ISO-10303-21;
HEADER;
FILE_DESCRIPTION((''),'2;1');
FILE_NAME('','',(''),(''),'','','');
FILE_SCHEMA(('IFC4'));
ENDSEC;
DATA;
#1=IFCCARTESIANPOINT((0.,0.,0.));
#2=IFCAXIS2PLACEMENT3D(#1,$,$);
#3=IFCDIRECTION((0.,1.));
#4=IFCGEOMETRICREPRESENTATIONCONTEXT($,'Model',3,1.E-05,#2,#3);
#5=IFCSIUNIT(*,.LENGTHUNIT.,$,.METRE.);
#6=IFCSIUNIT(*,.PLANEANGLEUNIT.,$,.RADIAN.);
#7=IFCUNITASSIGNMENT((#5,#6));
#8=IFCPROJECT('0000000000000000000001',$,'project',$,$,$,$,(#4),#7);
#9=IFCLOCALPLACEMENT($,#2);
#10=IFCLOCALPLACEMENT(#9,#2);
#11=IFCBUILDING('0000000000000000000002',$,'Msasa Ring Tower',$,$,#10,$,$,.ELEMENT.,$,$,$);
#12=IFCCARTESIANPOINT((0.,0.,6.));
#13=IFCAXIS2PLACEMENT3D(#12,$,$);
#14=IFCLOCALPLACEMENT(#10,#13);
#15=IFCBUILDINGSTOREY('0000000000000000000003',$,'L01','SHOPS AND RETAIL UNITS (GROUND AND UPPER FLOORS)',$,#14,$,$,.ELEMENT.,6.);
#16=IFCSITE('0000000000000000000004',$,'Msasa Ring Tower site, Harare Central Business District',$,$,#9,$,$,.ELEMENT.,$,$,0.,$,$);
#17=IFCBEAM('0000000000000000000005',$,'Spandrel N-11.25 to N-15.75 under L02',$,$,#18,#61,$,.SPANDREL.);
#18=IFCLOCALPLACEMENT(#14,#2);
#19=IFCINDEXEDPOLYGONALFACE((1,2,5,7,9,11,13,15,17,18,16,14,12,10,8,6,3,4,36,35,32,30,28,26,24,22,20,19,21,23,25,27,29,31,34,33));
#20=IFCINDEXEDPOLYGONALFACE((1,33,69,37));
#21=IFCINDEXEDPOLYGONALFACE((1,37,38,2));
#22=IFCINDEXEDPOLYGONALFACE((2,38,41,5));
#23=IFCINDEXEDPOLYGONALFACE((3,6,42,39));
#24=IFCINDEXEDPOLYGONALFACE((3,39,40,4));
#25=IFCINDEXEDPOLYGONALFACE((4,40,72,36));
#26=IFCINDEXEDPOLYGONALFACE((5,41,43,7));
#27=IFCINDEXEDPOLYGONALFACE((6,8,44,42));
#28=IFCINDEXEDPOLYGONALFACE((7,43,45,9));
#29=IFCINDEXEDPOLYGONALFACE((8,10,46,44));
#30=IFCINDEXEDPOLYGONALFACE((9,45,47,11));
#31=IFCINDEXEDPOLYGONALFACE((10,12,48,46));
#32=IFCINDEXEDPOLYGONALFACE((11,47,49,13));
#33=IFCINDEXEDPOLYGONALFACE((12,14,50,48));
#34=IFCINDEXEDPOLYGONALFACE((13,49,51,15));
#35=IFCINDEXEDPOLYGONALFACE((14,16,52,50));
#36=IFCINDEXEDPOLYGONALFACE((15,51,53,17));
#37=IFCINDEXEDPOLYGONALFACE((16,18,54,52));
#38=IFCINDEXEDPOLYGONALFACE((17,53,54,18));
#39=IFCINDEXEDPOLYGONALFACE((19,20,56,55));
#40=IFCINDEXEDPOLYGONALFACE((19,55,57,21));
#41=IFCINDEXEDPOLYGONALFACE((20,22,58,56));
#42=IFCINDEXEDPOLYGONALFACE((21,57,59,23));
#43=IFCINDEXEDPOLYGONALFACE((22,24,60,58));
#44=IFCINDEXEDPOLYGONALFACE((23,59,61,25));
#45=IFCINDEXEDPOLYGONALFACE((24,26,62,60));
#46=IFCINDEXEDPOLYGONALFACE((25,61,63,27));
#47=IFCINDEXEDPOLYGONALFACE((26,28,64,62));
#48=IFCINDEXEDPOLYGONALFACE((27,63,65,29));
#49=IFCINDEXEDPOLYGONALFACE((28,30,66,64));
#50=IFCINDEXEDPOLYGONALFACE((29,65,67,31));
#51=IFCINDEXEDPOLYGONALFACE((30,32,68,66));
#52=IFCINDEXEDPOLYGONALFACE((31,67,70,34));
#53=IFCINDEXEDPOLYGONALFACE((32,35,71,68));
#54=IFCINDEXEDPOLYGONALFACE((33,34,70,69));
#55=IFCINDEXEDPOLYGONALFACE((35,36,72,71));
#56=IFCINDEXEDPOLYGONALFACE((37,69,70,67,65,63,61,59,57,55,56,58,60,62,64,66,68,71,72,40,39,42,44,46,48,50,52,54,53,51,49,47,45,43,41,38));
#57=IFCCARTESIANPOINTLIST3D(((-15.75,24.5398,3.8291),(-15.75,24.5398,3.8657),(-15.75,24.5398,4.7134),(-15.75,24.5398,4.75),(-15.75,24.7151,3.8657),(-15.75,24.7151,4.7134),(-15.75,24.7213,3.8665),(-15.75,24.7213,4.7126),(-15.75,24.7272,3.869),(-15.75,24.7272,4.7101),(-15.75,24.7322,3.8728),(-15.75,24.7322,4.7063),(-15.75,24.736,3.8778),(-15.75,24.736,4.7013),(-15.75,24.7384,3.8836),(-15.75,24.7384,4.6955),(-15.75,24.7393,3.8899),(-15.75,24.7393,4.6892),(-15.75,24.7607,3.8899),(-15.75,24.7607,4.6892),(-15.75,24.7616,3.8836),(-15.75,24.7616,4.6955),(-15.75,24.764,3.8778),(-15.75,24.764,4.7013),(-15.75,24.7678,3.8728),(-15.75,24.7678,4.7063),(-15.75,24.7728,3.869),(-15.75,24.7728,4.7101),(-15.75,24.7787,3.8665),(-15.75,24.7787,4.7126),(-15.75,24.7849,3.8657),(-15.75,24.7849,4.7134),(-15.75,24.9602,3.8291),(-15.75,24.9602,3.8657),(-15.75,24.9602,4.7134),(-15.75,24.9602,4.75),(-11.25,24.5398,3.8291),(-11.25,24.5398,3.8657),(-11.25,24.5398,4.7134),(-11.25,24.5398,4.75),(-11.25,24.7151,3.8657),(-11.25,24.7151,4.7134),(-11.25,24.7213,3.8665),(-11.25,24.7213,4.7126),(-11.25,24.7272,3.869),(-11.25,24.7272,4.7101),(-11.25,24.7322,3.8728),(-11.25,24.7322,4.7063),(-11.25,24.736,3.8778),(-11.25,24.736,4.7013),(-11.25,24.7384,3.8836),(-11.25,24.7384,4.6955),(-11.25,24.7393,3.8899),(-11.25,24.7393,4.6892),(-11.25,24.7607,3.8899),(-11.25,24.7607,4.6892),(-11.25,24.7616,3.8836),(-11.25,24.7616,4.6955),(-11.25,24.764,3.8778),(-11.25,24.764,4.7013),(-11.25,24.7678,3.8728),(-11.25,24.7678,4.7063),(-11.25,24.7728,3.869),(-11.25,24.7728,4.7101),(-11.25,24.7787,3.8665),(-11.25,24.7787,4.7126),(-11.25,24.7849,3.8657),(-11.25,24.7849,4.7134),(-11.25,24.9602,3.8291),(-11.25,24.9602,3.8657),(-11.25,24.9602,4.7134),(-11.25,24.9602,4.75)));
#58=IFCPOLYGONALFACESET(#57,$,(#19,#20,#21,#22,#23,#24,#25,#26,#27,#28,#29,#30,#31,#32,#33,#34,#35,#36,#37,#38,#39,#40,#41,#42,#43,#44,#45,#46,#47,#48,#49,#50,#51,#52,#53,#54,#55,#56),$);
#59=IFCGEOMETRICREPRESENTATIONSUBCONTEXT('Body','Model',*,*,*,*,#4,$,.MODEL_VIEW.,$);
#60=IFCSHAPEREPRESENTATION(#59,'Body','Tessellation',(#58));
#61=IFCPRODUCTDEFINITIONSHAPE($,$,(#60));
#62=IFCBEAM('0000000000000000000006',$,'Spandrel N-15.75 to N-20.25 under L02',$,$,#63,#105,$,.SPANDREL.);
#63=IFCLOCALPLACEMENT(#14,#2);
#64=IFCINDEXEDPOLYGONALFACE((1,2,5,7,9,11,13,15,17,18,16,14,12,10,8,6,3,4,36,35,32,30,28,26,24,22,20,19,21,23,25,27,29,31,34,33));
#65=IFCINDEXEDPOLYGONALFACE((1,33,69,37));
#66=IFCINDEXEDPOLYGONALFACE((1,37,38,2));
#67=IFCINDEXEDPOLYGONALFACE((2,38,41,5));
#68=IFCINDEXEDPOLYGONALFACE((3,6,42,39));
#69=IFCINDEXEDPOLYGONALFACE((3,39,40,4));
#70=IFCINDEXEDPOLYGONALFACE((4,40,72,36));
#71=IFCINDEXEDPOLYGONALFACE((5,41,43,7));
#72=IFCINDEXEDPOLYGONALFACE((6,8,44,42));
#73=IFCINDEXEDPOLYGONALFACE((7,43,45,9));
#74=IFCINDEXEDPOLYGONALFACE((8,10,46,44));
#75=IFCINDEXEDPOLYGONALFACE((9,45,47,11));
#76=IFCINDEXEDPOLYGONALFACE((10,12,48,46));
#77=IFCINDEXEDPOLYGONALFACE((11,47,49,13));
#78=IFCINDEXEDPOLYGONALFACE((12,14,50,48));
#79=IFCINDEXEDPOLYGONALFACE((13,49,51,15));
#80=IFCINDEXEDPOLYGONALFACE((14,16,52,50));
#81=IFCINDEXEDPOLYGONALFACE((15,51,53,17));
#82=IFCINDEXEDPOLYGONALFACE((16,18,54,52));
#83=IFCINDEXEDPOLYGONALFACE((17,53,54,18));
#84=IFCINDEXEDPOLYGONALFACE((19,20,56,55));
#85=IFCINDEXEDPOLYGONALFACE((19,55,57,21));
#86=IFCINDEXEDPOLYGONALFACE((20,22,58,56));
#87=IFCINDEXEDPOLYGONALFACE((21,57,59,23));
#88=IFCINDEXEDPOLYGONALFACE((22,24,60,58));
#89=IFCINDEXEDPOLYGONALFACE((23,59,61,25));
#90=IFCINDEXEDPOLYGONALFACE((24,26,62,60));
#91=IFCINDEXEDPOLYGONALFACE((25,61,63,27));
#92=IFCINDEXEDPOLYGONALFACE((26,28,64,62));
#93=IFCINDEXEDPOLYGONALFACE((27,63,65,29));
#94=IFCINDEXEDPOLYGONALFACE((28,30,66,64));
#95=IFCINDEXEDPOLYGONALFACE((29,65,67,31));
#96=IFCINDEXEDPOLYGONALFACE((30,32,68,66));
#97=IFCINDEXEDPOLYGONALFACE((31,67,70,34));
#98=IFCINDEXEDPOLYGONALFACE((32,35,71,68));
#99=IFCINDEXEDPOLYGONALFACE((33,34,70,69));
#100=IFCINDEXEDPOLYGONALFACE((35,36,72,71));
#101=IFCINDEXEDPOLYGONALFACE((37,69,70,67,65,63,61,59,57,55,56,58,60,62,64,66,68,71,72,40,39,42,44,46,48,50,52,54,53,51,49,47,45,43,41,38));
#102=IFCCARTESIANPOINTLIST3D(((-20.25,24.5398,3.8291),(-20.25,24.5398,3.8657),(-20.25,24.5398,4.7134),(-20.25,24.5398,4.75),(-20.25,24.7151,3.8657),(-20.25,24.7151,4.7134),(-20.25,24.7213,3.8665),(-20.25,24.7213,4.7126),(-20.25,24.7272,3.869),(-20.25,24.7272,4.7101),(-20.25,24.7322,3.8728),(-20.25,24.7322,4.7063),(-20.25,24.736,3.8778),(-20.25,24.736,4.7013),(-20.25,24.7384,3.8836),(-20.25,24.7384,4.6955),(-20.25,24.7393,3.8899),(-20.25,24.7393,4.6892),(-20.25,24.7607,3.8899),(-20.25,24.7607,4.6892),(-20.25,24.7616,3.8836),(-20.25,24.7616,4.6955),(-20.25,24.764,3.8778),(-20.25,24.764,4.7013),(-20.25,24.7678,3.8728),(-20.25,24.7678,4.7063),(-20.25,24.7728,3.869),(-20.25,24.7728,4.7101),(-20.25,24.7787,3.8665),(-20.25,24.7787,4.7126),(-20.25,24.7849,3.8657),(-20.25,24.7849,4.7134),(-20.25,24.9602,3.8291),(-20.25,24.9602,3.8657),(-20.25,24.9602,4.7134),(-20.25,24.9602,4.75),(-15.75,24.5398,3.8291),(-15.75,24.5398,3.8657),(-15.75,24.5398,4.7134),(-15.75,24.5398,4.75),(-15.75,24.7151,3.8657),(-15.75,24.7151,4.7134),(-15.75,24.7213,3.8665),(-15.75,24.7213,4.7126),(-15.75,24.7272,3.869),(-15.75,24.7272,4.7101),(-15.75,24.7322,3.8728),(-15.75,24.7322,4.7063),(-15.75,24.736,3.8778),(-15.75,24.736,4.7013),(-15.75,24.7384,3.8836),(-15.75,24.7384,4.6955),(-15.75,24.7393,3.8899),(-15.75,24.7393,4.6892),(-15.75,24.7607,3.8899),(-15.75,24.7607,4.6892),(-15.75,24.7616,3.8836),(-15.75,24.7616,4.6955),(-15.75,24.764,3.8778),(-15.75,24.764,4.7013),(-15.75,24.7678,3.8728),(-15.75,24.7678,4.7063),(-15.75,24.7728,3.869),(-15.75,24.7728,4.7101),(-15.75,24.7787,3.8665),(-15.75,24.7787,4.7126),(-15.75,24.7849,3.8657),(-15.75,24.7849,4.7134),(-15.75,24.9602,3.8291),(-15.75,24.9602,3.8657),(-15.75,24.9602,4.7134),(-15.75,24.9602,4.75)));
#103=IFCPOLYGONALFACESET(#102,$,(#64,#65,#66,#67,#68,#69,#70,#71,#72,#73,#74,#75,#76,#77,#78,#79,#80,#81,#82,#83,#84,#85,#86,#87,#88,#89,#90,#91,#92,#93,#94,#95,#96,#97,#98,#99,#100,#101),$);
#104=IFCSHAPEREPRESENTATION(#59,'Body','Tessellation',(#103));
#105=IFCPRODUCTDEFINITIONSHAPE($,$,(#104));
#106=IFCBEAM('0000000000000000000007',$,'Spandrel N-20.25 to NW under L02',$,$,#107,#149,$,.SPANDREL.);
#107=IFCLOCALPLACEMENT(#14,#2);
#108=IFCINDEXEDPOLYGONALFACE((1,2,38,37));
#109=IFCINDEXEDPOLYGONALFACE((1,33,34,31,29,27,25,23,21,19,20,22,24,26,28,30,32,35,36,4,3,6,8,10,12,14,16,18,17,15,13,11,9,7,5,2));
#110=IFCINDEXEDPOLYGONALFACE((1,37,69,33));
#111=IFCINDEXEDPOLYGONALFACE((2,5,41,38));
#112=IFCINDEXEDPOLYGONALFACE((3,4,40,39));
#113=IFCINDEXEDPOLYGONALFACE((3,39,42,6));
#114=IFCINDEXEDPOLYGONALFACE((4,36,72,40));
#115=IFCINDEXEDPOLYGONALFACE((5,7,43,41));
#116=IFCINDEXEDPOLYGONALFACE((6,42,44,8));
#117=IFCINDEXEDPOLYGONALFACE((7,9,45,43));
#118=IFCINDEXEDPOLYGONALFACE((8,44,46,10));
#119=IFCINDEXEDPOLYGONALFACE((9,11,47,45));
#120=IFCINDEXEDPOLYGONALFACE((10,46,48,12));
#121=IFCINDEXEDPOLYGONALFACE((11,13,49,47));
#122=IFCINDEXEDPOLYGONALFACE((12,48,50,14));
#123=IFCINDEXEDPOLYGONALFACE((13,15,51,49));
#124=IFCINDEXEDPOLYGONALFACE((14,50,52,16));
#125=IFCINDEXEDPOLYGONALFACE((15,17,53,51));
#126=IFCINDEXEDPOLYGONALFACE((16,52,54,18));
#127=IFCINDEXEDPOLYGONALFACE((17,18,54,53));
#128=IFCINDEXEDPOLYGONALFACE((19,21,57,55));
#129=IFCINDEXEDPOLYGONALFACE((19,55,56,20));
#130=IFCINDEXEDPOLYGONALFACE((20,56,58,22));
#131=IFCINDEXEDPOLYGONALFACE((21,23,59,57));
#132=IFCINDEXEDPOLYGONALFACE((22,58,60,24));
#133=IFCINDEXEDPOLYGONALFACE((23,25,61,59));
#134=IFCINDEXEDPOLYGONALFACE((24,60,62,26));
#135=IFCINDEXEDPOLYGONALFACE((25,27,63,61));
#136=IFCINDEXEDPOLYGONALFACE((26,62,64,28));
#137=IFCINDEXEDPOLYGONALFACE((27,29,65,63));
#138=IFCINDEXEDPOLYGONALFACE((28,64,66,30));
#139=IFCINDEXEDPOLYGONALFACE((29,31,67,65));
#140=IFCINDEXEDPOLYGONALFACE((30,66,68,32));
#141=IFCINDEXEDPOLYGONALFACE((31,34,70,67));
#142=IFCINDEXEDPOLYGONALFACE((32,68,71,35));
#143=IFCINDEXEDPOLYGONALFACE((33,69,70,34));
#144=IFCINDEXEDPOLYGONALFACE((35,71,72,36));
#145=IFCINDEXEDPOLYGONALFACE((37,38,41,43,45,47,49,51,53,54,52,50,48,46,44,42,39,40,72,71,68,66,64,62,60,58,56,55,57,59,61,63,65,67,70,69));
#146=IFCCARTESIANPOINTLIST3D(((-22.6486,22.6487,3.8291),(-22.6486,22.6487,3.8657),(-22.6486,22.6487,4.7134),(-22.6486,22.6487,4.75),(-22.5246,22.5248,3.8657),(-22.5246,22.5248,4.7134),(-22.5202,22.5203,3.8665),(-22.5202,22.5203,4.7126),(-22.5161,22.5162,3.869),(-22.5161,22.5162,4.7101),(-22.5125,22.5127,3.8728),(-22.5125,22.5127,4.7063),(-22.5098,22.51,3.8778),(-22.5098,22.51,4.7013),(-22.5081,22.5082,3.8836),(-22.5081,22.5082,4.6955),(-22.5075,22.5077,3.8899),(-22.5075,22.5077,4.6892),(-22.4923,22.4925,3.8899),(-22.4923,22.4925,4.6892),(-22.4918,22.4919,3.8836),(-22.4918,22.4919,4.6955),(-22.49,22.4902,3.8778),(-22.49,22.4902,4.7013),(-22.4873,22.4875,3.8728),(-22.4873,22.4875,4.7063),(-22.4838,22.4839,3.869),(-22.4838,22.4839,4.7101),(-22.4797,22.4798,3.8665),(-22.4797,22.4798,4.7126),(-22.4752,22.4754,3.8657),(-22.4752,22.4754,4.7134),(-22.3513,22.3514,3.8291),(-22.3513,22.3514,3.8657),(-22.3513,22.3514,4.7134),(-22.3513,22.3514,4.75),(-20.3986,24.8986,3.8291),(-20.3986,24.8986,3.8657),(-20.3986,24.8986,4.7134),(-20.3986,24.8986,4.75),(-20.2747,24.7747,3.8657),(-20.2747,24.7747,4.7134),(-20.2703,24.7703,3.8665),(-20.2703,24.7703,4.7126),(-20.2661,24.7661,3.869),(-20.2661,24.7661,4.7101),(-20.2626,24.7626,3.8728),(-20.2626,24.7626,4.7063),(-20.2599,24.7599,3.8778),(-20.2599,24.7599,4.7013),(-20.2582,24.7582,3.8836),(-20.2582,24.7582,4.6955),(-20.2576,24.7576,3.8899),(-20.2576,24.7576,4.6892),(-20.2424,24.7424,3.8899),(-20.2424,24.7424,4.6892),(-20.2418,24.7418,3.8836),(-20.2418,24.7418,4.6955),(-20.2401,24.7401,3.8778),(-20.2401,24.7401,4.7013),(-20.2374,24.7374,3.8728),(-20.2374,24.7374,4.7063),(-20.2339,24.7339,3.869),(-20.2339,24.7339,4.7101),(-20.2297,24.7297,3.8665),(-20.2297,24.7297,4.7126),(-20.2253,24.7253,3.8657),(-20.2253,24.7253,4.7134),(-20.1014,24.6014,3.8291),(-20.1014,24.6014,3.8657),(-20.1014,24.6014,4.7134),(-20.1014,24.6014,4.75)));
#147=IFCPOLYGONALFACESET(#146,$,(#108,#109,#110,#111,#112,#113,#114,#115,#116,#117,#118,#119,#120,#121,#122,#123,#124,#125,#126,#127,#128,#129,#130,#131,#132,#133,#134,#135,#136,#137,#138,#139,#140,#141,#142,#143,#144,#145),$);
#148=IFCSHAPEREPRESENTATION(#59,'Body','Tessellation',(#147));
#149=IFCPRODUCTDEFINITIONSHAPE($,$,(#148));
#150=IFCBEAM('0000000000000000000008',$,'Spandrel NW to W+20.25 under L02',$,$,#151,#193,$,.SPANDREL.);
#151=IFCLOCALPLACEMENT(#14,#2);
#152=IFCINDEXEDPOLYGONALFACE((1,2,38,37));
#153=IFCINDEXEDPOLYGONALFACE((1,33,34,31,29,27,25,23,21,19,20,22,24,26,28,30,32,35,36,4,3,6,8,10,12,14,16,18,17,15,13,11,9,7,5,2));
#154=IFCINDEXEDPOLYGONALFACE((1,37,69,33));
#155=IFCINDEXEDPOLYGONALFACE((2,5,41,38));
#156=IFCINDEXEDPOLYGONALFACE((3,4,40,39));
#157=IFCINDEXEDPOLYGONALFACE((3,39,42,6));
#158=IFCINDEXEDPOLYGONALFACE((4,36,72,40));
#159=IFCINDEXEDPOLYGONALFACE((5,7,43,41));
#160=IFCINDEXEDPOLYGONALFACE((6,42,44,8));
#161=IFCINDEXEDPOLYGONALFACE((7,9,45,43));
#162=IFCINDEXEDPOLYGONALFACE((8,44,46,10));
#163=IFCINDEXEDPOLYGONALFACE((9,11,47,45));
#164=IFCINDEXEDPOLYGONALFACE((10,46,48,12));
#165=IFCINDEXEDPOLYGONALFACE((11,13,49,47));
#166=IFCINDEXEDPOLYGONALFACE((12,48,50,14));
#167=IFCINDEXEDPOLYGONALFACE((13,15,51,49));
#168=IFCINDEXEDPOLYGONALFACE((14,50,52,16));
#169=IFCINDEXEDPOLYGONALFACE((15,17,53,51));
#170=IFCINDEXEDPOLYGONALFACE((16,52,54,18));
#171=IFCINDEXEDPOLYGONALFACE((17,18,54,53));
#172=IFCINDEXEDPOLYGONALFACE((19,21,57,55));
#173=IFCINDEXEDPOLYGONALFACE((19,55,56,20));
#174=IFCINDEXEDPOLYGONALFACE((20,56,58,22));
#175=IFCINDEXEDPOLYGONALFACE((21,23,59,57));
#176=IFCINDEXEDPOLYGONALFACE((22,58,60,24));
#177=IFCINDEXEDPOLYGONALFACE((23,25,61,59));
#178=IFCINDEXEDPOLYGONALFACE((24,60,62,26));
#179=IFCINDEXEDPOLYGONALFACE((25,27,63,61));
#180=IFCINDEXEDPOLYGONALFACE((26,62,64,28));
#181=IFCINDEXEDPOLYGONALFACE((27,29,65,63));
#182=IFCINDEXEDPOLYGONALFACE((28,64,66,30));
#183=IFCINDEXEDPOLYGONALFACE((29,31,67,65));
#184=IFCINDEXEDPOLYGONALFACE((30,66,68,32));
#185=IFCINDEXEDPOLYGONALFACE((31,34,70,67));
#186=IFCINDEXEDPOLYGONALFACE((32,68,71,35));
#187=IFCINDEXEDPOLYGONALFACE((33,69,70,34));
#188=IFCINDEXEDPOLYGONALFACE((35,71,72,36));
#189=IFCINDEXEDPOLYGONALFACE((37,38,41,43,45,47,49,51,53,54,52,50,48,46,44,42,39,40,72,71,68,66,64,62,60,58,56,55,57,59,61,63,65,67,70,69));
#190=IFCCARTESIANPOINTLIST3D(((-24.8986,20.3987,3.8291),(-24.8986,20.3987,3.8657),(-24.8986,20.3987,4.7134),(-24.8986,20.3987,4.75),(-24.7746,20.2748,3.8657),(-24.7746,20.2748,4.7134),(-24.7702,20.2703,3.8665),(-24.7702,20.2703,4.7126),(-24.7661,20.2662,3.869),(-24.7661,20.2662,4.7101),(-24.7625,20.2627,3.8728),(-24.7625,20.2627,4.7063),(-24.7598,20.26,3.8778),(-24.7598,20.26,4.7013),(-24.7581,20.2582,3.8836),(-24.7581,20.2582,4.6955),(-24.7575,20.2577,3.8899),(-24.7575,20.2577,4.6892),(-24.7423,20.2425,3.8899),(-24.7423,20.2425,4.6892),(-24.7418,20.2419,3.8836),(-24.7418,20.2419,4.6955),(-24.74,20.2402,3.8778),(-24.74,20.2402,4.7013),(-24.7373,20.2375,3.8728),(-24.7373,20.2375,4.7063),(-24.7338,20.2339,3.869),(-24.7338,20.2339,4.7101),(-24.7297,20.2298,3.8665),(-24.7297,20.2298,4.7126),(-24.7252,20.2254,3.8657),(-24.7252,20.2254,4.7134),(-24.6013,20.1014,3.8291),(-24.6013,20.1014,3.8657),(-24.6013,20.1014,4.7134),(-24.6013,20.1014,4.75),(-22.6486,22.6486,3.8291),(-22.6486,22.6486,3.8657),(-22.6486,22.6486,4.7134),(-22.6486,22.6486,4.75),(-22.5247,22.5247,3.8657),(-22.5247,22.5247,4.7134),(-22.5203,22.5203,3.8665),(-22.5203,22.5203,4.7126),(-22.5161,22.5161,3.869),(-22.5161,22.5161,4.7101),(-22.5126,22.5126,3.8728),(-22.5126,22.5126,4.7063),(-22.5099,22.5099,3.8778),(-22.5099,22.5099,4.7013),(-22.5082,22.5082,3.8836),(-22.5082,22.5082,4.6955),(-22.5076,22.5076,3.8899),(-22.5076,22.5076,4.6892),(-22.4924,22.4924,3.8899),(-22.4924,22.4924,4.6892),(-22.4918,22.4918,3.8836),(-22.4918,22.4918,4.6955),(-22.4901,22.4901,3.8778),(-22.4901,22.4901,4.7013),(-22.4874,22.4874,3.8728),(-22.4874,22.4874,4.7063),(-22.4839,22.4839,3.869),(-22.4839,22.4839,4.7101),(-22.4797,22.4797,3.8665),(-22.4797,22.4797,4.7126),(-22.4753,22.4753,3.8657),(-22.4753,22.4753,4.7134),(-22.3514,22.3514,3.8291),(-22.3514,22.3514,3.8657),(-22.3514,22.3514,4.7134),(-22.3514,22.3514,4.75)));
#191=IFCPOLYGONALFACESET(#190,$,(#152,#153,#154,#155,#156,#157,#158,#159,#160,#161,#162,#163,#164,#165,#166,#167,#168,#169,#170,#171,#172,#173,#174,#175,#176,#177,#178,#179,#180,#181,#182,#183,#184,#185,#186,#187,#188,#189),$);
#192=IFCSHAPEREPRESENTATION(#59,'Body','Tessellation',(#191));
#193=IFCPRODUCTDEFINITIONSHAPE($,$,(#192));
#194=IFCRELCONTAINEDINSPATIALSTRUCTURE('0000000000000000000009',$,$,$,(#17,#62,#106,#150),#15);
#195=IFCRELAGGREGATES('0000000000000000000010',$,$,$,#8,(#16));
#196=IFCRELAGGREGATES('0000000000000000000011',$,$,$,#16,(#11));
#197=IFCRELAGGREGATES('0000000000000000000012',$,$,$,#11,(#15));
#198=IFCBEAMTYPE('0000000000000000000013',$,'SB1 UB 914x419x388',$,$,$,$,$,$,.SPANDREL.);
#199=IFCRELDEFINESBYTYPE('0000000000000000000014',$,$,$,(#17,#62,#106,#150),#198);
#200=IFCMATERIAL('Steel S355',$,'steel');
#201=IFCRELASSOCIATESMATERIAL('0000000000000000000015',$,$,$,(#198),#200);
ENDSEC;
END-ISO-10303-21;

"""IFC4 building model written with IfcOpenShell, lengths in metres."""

from ifc_helpers import new_model, si_unit, direction, frame, origin, origin_2d, place, context, subcontext, project, spatial, i_section, extrude, material, material_profile, profile_set, type_object, element, save


model = new_model("IFC4")

# Units and contexts
model_context = context("Model", 3, precision=1e-05, world=origin(), true_north=direction((0.0, 1.0)))
body_context = subcontext(model_context, "Body", "Model", "MODEL_VIEW")
ifc_project = project(units=[si_unit("LENGTHUNIT", "METRE"), si_unit("PLANEANGLEUNIT", "RADIAN")], contexts=[model_context])

# Site, building, storey
site_placement = place(None, origin())
site = spatial("IfcSite", under=ifc_project, at=site_placement, Name="Msasa Ring Tower site, Harare Central Business District", CompositionType="ELEMENT", RefElevation=0.0)
building_placement = place(site_placement, origin())
building = spatial("IfcBuilding", under=site, at=building_placement, Name="Msasa Ring Tower", CompositionType="ELEMENT")
storey_placement = place(building_placement, frame((0.0, 0.0, 6.0)))
storey = spatial("IfcBuildingStorey", under=building, at=storey_placement, Name="L01", Description="SHOPS AND RETAIL UNITS (GROUND AND UPPER FLOORS)", CompositionType="ELEMENT", Elevation=6.0)

# Beams
ifc_material_1 = material(Name="Steel S355", Category="steel")
ifc_material_profile_1 = material_profile(ifc_material_1, i_section(OverallWidth=0.4204, OverallDepth=0.9209, WebThickness=0.0215, FlangeThickness=0.0366, FilletRadius=0.0242, at=origin_2d()), Name="UB 914x419x388")
ifc_profile_set_1 = profile_set([ifc_material_profile_1], Name="Steel S355")
beam_type_1 = type_object("IfcBeamType", Name="SB1 UB 914x419x388", PredefinedType="SPANDREL", material=ifc_profile_set_1)
for number, where, z_axis, x_axis, name in (
    (1, (-11.25, 24.75, 4.2896), (-1.0, 0.0, 0.0), (0.0, -1.0, 0.0), "Spandrel N-11.25 to N-15.75 under L02"),
    (2, (-15.75, 24.75, 4.2896), (-1.0, 0.0, 0.0), (0.0, -1.0, 0.0), "Spandrel N-15.75 to N-20.25 under L02"),
):
    element("IfcBeam", number, at=place(storey_placement, frame(where, z_axis=z_axis, x_axis=x_axis)), inside=storey, type_object=beam_type_1, Name=name, PredefinedType="SPANDREL", context=body_context, shape_type="SweptSolid", body=[
        extrude(i_section(OverallWidth=0.4204, OverallDepth=0.9209, WebThickness=0.0215, FlangeThickness=0.0366, FilletRadius=0.0242, at=origin_2d()), origin(), (0.0, 0.0, 1.0), 4.5),
    ])
for number, where, z_axis, x_axis, name in (
    (3, (-20.25, 24.75, 4.2896), (-0.707107, -0.707107, 0.0), (0.707107, -0.707107, 0.0), "Spandrel N-20.25 to NW under L02"),
    (4, (-22.5, 22.5, 4.2896), (-0.707107, -0.707107, 0.0), (0.707107, -0.707107, 0.0), "Spandrel NW to W+20.25 under L02"),
):
    element("IfcBeam", number, at=place(storey_placement, frame(where, z_axis=z_axis, x_axis=x_axis)), inside=storey, type_object=beam_type_1, Name=name, PredefinedType="SPANDREL", context=body_context, shape_type="SweptSolid", body=[
        extrude(i_section(OverallWidth=0.4204, OverallDepth=0.9209, WebThickness=0.0215, FlangeThickness=0.0366, FilletRadius=0.0242, at=origin_2d()), origin(), (0.0, 0.0, 1.0), 3.1819),
    ])

save(model, "model.ifc")
